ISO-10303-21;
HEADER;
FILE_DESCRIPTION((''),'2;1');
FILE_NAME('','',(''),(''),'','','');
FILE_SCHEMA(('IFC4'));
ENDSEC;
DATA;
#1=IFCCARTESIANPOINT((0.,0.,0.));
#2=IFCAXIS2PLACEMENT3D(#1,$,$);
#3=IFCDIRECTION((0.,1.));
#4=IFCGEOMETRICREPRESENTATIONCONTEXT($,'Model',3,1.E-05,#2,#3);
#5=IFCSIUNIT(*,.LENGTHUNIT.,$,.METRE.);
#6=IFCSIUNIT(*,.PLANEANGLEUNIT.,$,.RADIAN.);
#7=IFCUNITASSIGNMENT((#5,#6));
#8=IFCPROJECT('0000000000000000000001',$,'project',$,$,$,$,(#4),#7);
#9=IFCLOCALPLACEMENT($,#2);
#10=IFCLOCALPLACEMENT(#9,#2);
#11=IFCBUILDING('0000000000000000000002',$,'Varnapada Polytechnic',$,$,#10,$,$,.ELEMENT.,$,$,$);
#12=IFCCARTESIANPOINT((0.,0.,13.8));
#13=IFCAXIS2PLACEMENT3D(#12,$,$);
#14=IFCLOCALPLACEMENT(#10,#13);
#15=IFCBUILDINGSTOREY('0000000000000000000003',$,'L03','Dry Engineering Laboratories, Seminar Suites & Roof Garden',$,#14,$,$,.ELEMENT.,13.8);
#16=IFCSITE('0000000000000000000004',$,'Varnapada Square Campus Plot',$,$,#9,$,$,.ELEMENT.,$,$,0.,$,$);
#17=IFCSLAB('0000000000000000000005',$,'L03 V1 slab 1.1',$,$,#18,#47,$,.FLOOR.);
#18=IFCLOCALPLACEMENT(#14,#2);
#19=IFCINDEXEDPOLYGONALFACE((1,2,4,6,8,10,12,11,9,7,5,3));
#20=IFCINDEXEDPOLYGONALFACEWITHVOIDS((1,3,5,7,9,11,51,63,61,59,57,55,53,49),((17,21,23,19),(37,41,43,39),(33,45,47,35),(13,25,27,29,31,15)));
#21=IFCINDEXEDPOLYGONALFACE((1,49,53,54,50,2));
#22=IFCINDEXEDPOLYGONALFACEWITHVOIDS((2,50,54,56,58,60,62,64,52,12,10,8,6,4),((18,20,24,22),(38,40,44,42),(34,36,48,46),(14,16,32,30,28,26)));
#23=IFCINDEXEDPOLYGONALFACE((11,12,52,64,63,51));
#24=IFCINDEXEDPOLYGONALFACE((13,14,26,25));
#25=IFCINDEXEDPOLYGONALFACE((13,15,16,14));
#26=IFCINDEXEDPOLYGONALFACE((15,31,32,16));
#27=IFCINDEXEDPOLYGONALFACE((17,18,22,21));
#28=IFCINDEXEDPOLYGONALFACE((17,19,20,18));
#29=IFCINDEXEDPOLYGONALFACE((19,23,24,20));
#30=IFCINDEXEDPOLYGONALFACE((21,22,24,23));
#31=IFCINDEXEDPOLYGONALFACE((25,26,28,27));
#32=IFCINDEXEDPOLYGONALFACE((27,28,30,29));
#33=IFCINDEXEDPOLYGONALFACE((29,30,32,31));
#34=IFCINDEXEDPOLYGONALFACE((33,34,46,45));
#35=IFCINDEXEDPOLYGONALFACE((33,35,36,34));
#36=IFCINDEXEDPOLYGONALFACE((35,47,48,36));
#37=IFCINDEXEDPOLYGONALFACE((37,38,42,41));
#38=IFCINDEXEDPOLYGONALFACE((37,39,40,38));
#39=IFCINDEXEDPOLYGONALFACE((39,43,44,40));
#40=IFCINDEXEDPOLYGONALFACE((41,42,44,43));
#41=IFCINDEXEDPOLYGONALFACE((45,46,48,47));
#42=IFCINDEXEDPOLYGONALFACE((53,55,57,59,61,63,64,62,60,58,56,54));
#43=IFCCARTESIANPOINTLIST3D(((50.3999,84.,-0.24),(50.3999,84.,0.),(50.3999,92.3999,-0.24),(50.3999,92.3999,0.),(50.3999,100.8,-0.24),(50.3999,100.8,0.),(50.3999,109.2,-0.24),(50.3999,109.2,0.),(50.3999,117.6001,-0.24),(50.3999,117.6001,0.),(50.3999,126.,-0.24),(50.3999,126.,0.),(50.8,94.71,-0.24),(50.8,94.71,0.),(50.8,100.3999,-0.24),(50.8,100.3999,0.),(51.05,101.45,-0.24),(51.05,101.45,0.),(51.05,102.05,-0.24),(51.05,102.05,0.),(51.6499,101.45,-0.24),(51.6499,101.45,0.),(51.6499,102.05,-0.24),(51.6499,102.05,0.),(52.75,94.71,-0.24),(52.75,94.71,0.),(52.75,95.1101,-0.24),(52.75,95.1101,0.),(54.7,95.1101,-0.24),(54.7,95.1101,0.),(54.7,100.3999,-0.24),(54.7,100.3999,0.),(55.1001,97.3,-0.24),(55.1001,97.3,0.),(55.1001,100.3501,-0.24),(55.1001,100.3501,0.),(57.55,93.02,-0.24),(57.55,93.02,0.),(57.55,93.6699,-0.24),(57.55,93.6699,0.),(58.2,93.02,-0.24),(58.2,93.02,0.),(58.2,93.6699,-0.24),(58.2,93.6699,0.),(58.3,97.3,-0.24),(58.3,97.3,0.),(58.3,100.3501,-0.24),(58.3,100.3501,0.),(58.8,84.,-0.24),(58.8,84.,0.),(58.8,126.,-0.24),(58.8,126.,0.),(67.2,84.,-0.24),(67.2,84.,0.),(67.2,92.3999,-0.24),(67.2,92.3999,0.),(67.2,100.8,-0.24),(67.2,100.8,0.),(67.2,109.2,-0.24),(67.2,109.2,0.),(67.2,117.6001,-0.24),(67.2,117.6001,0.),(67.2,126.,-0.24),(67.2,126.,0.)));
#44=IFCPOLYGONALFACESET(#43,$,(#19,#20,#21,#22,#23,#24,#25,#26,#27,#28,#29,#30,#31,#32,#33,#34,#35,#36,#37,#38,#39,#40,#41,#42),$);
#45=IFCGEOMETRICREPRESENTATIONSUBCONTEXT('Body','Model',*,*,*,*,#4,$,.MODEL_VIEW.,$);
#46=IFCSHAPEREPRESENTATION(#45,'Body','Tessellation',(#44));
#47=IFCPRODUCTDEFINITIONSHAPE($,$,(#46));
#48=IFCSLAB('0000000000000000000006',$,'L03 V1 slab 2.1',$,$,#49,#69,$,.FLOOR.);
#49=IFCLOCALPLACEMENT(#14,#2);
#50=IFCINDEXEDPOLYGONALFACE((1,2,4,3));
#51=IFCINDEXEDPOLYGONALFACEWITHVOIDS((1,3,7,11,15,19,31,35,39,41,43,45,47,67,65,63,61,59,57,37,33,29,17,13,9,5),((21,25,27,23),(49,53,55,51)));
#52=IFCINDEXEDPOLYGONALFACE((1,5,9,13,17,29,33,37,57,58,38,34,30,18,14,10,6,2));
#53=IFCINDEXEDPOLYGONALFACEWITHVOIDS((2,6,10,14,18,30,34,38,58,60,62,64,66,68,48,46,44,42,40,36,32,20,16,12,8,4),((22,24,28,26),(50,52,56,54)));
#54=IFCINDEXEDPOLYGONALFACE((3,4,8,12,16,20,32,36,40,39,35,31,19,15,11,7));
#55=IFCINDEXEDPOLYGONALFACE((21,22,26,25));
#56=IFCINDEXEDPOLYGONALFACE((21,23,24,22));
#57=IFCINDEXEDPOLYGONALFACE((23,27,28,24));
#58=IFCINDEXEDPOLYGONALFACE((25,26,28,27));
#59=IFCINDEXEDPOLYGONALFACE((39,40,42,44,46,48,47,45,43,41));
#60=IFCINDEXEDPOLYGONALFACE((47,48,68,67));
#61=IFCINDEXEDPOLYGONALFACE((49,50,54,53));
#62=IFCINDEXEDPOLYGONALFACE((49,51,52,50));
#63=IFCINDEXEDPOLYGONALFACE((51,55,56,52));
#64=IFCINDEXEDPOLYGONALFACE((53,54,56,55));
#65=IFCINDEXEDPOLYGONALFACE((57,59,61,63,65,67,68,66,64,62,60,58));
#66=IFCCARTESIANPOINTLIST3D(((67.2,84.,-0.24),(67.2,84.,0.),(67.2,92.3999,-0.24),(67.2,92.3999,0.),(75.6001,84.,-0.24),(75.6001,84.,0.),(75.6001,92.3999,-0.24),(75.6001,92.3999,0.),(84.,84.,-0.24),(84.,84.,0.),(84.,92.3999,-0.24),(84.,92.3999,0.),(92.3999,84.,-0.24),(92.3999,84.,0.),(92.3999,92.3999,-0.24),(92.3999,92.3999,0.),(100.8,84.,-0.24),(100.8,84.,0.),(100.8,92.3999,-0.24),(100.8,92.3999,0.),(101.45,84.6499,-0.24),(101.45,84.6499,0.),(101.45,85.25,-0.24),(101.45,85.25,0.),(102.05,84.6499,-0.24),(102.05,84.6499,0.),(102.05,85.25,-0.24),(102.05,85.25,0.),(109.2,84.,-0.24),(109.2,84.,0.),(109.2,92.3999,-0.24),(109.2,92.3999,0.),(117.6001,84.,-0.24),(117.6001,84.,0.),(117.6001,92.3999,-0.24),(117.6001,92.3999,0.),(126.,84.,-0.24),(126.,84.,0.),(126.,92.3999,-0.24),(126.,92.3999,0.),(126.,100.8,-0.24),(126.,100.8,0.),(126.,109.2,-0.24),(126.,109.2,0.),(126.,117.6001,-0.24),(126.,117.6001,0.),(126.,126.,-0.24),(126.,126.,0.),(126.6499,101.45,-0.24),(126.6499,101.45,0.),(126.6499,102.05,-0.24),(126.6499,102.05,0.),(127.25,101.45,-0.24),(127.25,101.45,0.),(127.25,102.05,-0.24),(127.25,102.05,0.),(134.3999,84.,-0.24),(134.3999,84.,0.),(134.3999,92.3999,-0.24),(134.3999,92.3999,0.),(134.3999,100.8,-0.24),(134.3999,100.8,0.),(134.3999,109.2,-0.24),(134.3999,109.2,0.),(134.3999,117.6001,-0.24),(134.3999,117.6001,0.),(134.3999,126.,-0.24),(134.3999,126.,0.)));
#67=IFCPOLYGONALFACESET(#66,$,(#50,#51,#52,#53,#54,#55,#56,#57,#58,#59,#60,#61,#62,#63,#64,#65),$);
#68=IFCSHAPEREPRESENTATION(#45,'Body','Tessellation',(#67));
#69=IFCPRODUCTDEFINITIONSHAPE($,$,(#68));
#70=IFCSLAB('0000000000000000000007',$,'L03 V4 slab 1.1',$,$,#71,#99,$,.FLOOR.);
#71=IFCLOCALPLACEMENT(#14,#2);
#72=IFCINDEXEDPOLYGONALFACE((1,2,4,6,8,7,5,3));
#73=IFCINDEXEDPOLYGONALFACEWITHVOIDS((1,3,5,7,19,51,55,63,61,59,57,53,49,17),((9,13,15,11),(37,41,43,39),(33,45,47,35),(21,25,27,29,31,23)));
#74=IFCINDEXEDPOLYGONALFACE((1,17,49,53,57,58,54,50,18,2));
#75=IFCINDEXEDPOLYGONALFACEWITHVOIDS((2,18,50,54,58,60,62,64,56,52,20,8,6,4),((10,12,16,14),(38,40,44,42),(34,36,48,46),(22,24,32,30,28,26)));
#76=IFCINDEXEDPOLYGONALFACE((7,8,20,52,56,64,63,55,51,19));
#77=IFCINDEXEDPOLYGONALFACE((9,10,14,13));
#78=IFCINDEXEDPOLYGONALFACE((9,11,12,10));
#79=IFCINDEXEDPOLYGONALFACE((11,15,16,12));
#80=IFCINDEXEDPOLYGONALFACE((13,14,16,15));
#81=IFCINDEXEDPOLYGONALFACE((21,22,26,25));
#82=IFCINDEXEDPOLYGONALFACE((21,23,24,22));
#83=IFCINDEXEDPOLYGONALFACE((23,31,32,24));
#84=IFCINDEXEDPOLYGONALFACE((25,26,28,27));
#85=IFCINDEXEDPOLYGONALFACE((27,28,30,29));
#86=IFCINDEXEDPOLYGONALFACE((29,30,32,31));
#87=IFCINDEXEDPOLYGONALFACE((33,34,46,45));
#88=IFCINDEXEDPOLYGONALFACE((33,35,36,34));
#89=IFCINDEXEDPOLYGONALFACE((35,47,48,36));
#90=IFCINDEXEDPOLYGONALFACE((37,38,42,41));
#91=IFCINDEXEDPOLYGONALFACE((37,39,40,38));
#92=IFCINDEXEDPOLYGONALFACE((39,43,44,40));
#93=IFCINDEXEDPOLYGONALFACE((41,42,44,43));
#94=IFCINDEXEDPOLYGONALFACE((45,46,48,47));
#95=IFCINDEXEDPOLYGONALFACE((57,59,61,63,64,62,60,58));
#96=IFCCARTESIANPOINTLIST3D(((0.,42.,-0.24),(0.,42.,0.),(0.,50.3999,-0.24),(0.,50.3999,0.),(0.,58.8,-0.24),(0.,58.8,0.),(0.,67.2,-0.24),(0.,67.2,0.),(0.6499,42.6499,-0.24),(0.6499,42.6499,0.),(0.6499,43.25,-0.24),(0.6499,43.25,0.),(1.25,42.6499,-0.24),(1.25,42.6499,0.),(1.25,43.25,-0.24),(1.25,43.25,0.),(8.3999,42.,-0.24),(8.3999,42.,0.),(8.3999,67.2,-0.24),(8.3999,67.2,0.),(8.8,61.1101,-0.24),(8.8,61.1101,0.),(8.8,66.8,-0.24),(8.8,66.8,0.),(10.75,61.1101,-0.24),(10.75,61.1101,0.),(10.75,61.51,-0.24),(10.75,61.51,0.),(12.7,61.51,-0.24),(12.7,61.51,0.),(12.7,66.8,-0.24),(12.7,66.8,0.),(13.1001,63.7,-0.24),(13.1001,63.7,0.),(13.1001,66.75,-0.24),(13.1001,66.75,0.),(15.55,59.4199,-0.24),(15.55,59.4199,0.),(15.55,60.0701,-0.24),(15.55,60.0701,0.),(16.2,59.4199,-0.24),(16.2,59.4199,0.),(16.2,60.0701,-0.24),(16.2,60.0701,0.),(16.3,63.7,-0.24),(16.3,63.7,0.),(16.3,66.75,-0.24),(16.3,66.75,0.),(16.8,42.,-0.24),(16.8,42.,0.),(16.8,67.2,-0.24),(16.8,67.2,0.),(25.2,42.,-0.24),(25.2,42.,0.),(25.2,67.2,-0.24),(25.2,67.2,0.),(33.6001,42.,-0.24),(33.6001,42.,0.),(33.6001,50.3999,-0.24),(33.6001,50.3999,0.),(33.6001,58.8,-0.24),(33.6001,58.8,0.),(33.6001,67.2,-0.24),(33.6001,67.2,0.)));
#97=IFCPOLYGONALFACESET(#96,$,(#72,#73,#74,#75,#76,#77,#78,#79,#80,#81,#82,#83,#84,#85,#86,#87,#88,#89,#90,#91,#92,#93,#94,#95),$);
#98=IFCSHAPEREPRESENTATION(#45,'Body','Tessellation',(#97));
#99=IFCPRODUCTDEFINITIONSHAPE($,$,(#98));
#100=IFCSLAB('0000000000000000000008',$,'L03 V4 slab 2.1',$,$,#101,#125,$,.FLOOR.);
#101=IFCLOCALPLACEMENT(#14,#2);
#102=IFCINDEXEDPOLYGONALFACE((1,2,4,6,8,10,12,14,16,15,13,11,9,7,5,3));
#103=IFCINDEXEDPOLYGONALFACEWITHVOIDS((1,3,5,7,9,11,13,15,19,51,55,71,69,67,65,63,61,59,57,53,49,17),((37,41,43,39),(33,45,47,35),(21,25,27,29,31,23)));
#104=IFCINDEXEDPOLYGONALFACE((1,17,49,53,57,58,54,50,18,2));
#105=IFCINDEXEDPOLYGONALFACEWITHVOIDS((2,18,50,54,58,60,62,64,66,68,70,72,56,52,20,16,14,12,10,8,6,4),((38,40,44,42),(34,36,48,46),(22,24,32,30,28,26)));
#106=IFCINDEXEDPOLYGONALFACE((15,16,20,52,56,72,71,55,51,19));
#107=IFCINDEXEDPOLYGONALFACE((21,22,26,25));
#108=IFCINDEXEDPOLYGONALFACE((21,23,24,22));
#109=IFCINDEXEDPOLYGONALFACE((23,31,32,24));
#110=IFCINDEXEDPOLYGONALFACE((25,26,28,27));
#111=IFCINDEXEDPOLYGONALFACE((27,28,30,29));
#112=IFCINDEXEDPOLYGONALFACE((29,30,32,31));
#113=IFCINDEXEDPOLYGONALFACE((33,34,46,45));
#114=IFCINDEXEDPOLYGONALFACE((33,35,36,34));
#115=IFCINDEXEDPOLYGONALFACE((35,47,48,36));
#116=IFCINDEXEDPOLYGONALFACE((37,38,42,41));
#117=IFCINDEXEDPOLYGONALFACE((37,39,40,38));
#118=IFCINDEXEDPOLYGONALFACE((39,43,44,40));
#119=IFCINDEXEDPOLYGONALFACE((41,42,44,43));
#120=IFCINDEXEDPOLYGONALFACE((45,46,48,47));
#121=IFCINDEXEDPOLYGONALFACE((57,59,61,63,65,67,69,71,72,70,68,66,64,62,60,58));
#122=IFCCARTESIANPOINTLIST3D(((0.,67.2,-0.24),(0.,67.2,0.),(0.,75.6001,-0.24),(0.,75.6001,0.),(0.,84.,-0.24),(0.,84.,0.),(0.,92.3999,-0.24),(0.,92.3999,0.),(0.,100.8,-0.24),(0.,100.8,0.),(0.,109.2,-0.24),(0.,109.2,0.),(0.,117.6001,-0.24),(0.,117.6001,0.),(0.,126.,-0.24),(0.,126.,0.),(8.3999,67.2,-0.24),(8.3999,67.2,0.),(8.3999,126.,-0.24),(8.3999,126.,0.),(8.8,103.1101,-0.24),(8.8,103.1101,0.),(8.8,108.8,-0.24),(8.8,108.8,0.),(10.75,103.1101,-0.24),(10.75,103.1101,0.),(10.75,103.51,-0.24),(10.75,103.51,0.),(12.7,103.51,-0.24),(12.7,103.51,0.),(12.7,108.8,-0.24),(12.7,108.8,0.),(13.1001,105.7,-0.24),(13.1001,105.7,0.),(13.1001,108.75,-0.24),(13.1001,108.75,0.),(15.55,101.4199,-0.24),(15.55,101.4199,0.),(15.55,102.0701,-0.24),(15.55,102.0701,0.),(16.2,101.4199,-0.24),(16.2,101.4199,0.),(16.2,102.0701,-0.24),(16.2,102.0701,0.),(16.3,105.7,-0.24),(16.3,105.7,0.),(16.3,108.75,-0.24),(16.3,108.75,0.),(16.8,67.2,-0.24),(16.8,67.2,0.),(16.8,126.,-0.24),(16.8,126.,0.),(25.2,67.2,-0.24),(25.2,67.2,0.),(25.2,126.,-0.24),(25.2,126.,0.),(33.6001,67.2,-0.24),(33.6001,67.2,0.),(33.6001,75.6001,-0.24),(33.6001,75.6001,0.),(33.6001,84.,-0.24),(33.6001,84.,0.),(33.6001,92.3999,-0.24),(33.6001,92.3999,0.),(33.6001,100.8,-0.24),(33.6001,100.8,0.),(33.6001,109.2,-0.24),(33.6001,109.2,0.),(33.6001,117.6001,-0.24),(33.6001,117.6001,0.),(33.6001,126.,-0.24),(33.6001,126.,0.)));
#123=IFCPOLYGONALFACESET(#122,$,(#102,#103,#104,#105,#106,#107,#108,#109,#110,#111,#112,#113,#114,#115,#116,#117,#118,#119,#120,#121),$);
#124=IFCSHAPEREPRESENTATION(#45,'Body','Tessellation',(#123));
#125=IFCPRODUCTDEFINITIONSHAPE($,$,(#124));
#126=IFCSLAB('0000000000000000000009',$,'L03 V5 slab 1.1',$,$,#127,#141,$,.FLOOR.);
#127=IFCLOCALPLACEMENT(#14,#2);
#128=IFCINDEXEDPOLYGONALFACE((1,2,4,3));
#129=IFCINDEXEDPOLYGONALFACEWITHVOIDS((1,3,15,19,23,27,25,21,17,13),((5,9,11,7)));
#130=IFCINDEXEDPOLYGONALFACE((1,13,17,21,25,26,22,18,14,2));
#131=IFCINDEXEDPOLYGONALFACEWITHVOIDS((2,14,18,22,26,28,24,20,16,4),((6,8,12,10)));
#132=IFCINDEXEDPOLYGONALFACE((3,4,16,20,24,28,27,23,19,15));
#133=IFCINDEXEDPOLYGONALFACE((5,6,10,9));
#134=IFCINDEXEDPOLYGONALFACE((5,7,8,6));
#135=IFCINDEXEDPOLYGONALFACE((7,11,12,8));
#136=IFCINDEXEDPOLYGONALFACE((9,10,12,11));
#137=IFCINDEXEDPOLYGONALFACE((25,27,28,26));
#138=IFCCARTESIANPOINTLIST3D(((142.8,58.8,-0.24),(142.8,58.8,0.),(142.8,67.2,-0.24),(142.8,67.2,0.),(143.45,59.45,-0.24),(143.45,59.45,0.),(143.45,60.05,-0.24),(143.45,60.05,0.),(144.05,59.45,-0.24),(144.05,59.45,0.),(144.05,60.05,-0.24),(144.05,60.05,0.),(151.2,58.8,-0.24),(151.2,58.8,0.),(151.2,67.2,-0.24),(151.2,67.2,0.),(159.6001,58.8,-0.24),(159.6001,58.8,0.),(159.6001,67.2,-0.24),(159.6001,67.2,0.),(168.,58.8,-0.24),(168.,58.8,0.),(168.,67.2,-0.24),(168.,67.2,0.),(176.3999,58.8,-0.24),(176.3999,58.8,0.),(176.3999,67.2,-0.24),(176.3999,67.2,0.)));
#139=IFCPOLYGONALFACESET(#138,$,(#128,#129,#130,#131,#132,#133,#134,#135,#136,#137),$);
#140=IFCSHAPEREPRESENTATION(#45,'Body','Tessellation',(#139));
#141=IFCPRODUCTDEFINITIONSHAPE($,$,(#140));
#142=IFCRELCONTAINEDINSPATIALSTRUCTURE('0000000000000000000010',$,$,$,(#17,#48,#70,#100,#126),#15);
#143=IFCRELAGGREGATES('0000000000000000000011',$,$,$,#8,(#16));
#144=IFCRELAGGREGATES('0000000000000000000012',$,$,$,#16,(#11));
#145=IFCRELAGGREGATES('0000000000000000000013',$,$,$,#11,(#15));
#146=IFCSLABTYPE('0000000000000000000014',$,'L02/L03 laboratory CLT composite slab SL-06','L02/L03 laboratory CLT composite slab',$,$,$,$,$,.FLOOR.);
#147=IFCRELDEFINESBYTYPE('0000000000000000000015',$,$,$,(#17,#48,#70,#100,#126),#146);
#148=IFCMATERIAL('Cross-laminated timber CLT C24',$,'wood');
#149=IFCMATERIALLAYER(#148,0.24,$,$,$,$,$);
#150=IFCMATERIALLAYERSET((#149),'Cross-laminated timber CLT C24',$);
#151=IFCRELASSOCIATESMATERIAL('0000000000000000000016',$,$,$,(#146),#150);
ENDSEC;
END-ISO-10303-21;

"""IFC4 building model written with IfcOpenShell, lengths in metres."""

from ifc_helpers import new_model, si_unit, direction, frame, origin, place, context, subcontext, project, spatial, polyline, outline, extrude, material, layer, layer_set, type_object, element, save


model = new_model("IFC4")

# Units and contexts
model_context = context("Model", 3, precision=1e-05, world=origin(), true_north=direction((0.0, 1.0)))
body_context = subcontext(model_context, "Body", "Model", "MODEL_VIEW")
ifc_project = project(units=[si_unit("LENGTHUNIT", "METRE"), si_unit("PLANEANGLEUNIT", "RADIAN")], contexts=[model_context])

# Site, building, storey
site_placement = place(None, origin())
site = spatial("IfcSite", under=ifc_project, at=site_placement, Name="Varnapada Square Campus Plot", CompositionType="ELEMENT", RefElevation=0.0)
building_placement = place(site_placement, origin())
building = spatial("IfcBuilding", under=site, at=building_placement, Name="Varnapada Polytechnic", CompositionType="ELEMENT")
storey_placement = place(building_placement, frame((0.0, 0.0, 13.8)))
storey = spatial("IfcBuildingStorey", under=building, at=storey_placement, Name="L03", Description="Dry Engineering Laboratories, Seminar Suites & Roof Garden", CompositionType="ELEMENT", Elevation=13.8)

# Slabs
ifc_material_1 = material(Name="Cross-laminated timber CLT C24", Category="wood")
ifc_layer_1 = layer(ifc_material_1, 0.24)
ifc_layer_set_1 = layer_set([ifc_layer_1], Name="Cross-laminated timber CLT C24")
slab_type_1 = type_object("IfcSlabType", Name="L02/L03 laboratory CLT composite slab SL-06", Description="L02/L03 laboratory CLT composite slab", PredefinedType="FLOOR", material=ifc_layer_set_1)
slab_1_placement = place(storey_placement, frame((0.0, 0.0, -0.24)))
element("IfcSlab", 1, at=slab_1_placement, inside=storey, type_object=slab_type_1, Name="L03 V1 slab 1.1", PredefinedType="FLOOR", context=body_context, shape_type="SweptSolid", body=[
    extrude(outline(polyline([(50.3999, 100.8), (50.3999, 109.2), (50.3999, 117.6001), (50.3999, 126.0), (58.8, 126.0), (67.2, 126.0), (67.2, 117.6001), (67.2, 109.2), (67.2, 100.8), (67.2, 92.3999), (67.2, 84.0), (58.8, 84.0), (50.3999, 84.0), (50.3999, 92.3999), (50.3999, 100.8)]), holes=[polyline([(50.8, 94.71), (52.75, 94.71), (52.75, 95.1101), (54.7, 95.1101), (54.7, 100.3999), (50.8, 100.3999), (50.8, 94.71)]), polyline([(55.1001, 97.3), (58.3, 97.3), (58.3, 100.3501), (55.1001, 100.3501), (55.1001, 97.3)]), polyline([(57.55, 93.02), (58.2, 93.02), (58.2, 93.6699), (57.55, 93.6699), (57.55, 93.02)]), polyline([(51.05, 101.45), (51.6499, 101.45), (51.6499, 102.05), (51.05, 102.05), (51.05, 101.45)])]), origin(), (0.0, 0.0, 1.0), 0.24),
])
slab_2_placement = place(storey_placement, frame((0.0, 0.0, -0.24)))
element("IfcSlab", 2, at=slab_2_placement, inside=storey, type_object=slab_type_1, Name="L03 V1 slab 2.1", PredefinedType="FLOOR", context=body_context, shape_type="SweptSolid", body=[
    extrude(outline(polyline([(75.6001, 92.3999), (84.0, 92.3999), (92.3999, 92.3999), (100.8, 92.3999), (109.2, 92.3999), (117.6001, 92.3999), (126.0, 92.3999), (126.0, 100.8), (126.0, 109.2), (126.0, 117.6001), (126.0, 126.0), (134.3999, 126.0), (134.3999, 117.6001), (134.3999, 109.2), (134.3999, 100.8), (134.3999, 92.3999), (134.3999, 84.0), (126.0, 84.0), (117.6001, 84.0), (109.2, 84.0), (100.8, 84.0), (92.3999, 84.0), (84.0, 84.0), (75.6001, 84.0), (67.2, 84.0), (67.2, 92.3999), (75.6001, 92.3999)]), holes=[polyline([(101.45, 84.6499), (102.05, 84.6499), (102.05, 85.25), (101.45, 85.25), (101.45, 84.6499)]), polyline([(126.6499, 101.45), (127.25, 101.45), (127.25, 102.05), (126.6499, 102.05), (126.6499, 101.45)])]), origin(), (0.0, 0.0, 1.0), 0.24),
])
slab_3_placement = place(storey_placement, frame((0.0, 0.0, -0.24)))
element("IfcSlab", 3, at=slab_3_placement, inside=storey, type_object=slab_type_1, Name="L03 V4 slab 1.1", PredefinedType="FLOOR", context=body_context, shape_type="SweptSolid", body=[
    extrude(outline(polyline([(0.0, 58.8), (0.0, 67.2), (8.3999, 67.2), (16.8, 67.2), (25.2, 67.2), (33.6001, 67.2), (33.6001, 58.8), (33.6001, 50.3999), (33.6001, 42.0), (25.2, 42.0), (16.8, 42.0), (8.3999, 42.0), (0.0, 42.0), (0.0, 50.3999), (0.0, 58.8)]), holes=[polyline([(8.8, 61.1101), (10.75, 61.1101), (10.75, 61.51), (12.7, 61.51), (12.7, 66.8), (8.8, 66.8), (8.8, 61.1101)]), polyline([(13.1001, 63.7), (16.3, 63.7), (16.3, 66.75), (13.1001, 66.75), (13.1001, 63.7)]), polyline([(15.55, 59.4199), (16.2, 59.4199), (16.2, 60.0701), (15.55, 60.0701), (15.55, 59.4199)]), polyline([(0.6499, 42.6499), (1.25, 42.6499), (1.25, 43.25), (0.6499, 43.25), (0.6499, 42.6499)])]), origin(), (0.0, 0.0, 1.0), 0.24),
])
slab_4_placement = place(storey_placement, frame((0.0, 0.0, -0.24)))
element("IfcSlab", 4, at=slab_4_placement, inside=storey, type_object=slab_type_1, Name="L03 V4 slab 2.1", PredefinedType="FLOOR", context=body_context, shape_type="SweptSolid", body=[
    extrude(outline(polyline([(0.0, 92.3999), (0.0, 100.8), (0.0, 109.2), (0.0, 117.6001), (0.0, 126.0), (8.3999, 126.0), (16.8, 126.0), (25.2, 126.0), (33.6001, 126.0), (33.6001, 117.6001), (33.6001, 109.2), (33.6001, 100.8), (33.6001, 92.3999), (33.6001, 84.0), (33.6001, 75.6001), (33.6001, 67.2), (25.2, 67.2), (16.8, 67.2), (8.3999, 67.2), (0.0, 67.2), (0.0, 75.6001), (0.0, 84.0), (0.0, 92.3999)]), holes=[polyline([(8.8, 103.1101), (10.75, 103.1101), (10.75, 103.51), (12.7, 103.51), (12.7, 108.8), (8.8, 108.8), (8.8, 103.1101)]), polyline([(13.1001, 105.7), (16.3, 105.7), (16.3, 108.75), (13.1001, 108.75), (13.1001, 105.7)]), polyline([(15.55, 101.4199), (16.2, 101.4199), (16.2, 102.0701), (15.55, 102.0701), (15.55, 101.4199)])]), origin(), (0.0, 0.0, 1.0), 0.24),
])
slab_5_placement = place(storey_placement, frame((0.0, 0.0, -0.24)))
element("IfcSlab", 5, at=slab_5_placement, inside=storey, type_object=slab_type_1, Name="L03 V5 slab 1.1", PredefinedType="FLOOR", context=body_context, shape_type="SweptSolid", body=[
    extrude(outline(polyline([(142.8, 67.2), (151.2, 67.2), (159.6001, 67.2), (168.0, 67.2), (176.3999, 67.2), (176.3999, 58.8), (168.0, 58.8), (159.6001, 58.8), (151.2, 58.8), (142.8, 58.8), (142.8, 67.2)]), holes=[polyline([(143.45, 59.45), (144.05, 59.45), (144.05, 60.05), (143.45, 60.05), (143.45, 59.45)])]), origin(), (0.0, 0.0, 1.0), 0.24),
])

save(model, "model.ifc")
